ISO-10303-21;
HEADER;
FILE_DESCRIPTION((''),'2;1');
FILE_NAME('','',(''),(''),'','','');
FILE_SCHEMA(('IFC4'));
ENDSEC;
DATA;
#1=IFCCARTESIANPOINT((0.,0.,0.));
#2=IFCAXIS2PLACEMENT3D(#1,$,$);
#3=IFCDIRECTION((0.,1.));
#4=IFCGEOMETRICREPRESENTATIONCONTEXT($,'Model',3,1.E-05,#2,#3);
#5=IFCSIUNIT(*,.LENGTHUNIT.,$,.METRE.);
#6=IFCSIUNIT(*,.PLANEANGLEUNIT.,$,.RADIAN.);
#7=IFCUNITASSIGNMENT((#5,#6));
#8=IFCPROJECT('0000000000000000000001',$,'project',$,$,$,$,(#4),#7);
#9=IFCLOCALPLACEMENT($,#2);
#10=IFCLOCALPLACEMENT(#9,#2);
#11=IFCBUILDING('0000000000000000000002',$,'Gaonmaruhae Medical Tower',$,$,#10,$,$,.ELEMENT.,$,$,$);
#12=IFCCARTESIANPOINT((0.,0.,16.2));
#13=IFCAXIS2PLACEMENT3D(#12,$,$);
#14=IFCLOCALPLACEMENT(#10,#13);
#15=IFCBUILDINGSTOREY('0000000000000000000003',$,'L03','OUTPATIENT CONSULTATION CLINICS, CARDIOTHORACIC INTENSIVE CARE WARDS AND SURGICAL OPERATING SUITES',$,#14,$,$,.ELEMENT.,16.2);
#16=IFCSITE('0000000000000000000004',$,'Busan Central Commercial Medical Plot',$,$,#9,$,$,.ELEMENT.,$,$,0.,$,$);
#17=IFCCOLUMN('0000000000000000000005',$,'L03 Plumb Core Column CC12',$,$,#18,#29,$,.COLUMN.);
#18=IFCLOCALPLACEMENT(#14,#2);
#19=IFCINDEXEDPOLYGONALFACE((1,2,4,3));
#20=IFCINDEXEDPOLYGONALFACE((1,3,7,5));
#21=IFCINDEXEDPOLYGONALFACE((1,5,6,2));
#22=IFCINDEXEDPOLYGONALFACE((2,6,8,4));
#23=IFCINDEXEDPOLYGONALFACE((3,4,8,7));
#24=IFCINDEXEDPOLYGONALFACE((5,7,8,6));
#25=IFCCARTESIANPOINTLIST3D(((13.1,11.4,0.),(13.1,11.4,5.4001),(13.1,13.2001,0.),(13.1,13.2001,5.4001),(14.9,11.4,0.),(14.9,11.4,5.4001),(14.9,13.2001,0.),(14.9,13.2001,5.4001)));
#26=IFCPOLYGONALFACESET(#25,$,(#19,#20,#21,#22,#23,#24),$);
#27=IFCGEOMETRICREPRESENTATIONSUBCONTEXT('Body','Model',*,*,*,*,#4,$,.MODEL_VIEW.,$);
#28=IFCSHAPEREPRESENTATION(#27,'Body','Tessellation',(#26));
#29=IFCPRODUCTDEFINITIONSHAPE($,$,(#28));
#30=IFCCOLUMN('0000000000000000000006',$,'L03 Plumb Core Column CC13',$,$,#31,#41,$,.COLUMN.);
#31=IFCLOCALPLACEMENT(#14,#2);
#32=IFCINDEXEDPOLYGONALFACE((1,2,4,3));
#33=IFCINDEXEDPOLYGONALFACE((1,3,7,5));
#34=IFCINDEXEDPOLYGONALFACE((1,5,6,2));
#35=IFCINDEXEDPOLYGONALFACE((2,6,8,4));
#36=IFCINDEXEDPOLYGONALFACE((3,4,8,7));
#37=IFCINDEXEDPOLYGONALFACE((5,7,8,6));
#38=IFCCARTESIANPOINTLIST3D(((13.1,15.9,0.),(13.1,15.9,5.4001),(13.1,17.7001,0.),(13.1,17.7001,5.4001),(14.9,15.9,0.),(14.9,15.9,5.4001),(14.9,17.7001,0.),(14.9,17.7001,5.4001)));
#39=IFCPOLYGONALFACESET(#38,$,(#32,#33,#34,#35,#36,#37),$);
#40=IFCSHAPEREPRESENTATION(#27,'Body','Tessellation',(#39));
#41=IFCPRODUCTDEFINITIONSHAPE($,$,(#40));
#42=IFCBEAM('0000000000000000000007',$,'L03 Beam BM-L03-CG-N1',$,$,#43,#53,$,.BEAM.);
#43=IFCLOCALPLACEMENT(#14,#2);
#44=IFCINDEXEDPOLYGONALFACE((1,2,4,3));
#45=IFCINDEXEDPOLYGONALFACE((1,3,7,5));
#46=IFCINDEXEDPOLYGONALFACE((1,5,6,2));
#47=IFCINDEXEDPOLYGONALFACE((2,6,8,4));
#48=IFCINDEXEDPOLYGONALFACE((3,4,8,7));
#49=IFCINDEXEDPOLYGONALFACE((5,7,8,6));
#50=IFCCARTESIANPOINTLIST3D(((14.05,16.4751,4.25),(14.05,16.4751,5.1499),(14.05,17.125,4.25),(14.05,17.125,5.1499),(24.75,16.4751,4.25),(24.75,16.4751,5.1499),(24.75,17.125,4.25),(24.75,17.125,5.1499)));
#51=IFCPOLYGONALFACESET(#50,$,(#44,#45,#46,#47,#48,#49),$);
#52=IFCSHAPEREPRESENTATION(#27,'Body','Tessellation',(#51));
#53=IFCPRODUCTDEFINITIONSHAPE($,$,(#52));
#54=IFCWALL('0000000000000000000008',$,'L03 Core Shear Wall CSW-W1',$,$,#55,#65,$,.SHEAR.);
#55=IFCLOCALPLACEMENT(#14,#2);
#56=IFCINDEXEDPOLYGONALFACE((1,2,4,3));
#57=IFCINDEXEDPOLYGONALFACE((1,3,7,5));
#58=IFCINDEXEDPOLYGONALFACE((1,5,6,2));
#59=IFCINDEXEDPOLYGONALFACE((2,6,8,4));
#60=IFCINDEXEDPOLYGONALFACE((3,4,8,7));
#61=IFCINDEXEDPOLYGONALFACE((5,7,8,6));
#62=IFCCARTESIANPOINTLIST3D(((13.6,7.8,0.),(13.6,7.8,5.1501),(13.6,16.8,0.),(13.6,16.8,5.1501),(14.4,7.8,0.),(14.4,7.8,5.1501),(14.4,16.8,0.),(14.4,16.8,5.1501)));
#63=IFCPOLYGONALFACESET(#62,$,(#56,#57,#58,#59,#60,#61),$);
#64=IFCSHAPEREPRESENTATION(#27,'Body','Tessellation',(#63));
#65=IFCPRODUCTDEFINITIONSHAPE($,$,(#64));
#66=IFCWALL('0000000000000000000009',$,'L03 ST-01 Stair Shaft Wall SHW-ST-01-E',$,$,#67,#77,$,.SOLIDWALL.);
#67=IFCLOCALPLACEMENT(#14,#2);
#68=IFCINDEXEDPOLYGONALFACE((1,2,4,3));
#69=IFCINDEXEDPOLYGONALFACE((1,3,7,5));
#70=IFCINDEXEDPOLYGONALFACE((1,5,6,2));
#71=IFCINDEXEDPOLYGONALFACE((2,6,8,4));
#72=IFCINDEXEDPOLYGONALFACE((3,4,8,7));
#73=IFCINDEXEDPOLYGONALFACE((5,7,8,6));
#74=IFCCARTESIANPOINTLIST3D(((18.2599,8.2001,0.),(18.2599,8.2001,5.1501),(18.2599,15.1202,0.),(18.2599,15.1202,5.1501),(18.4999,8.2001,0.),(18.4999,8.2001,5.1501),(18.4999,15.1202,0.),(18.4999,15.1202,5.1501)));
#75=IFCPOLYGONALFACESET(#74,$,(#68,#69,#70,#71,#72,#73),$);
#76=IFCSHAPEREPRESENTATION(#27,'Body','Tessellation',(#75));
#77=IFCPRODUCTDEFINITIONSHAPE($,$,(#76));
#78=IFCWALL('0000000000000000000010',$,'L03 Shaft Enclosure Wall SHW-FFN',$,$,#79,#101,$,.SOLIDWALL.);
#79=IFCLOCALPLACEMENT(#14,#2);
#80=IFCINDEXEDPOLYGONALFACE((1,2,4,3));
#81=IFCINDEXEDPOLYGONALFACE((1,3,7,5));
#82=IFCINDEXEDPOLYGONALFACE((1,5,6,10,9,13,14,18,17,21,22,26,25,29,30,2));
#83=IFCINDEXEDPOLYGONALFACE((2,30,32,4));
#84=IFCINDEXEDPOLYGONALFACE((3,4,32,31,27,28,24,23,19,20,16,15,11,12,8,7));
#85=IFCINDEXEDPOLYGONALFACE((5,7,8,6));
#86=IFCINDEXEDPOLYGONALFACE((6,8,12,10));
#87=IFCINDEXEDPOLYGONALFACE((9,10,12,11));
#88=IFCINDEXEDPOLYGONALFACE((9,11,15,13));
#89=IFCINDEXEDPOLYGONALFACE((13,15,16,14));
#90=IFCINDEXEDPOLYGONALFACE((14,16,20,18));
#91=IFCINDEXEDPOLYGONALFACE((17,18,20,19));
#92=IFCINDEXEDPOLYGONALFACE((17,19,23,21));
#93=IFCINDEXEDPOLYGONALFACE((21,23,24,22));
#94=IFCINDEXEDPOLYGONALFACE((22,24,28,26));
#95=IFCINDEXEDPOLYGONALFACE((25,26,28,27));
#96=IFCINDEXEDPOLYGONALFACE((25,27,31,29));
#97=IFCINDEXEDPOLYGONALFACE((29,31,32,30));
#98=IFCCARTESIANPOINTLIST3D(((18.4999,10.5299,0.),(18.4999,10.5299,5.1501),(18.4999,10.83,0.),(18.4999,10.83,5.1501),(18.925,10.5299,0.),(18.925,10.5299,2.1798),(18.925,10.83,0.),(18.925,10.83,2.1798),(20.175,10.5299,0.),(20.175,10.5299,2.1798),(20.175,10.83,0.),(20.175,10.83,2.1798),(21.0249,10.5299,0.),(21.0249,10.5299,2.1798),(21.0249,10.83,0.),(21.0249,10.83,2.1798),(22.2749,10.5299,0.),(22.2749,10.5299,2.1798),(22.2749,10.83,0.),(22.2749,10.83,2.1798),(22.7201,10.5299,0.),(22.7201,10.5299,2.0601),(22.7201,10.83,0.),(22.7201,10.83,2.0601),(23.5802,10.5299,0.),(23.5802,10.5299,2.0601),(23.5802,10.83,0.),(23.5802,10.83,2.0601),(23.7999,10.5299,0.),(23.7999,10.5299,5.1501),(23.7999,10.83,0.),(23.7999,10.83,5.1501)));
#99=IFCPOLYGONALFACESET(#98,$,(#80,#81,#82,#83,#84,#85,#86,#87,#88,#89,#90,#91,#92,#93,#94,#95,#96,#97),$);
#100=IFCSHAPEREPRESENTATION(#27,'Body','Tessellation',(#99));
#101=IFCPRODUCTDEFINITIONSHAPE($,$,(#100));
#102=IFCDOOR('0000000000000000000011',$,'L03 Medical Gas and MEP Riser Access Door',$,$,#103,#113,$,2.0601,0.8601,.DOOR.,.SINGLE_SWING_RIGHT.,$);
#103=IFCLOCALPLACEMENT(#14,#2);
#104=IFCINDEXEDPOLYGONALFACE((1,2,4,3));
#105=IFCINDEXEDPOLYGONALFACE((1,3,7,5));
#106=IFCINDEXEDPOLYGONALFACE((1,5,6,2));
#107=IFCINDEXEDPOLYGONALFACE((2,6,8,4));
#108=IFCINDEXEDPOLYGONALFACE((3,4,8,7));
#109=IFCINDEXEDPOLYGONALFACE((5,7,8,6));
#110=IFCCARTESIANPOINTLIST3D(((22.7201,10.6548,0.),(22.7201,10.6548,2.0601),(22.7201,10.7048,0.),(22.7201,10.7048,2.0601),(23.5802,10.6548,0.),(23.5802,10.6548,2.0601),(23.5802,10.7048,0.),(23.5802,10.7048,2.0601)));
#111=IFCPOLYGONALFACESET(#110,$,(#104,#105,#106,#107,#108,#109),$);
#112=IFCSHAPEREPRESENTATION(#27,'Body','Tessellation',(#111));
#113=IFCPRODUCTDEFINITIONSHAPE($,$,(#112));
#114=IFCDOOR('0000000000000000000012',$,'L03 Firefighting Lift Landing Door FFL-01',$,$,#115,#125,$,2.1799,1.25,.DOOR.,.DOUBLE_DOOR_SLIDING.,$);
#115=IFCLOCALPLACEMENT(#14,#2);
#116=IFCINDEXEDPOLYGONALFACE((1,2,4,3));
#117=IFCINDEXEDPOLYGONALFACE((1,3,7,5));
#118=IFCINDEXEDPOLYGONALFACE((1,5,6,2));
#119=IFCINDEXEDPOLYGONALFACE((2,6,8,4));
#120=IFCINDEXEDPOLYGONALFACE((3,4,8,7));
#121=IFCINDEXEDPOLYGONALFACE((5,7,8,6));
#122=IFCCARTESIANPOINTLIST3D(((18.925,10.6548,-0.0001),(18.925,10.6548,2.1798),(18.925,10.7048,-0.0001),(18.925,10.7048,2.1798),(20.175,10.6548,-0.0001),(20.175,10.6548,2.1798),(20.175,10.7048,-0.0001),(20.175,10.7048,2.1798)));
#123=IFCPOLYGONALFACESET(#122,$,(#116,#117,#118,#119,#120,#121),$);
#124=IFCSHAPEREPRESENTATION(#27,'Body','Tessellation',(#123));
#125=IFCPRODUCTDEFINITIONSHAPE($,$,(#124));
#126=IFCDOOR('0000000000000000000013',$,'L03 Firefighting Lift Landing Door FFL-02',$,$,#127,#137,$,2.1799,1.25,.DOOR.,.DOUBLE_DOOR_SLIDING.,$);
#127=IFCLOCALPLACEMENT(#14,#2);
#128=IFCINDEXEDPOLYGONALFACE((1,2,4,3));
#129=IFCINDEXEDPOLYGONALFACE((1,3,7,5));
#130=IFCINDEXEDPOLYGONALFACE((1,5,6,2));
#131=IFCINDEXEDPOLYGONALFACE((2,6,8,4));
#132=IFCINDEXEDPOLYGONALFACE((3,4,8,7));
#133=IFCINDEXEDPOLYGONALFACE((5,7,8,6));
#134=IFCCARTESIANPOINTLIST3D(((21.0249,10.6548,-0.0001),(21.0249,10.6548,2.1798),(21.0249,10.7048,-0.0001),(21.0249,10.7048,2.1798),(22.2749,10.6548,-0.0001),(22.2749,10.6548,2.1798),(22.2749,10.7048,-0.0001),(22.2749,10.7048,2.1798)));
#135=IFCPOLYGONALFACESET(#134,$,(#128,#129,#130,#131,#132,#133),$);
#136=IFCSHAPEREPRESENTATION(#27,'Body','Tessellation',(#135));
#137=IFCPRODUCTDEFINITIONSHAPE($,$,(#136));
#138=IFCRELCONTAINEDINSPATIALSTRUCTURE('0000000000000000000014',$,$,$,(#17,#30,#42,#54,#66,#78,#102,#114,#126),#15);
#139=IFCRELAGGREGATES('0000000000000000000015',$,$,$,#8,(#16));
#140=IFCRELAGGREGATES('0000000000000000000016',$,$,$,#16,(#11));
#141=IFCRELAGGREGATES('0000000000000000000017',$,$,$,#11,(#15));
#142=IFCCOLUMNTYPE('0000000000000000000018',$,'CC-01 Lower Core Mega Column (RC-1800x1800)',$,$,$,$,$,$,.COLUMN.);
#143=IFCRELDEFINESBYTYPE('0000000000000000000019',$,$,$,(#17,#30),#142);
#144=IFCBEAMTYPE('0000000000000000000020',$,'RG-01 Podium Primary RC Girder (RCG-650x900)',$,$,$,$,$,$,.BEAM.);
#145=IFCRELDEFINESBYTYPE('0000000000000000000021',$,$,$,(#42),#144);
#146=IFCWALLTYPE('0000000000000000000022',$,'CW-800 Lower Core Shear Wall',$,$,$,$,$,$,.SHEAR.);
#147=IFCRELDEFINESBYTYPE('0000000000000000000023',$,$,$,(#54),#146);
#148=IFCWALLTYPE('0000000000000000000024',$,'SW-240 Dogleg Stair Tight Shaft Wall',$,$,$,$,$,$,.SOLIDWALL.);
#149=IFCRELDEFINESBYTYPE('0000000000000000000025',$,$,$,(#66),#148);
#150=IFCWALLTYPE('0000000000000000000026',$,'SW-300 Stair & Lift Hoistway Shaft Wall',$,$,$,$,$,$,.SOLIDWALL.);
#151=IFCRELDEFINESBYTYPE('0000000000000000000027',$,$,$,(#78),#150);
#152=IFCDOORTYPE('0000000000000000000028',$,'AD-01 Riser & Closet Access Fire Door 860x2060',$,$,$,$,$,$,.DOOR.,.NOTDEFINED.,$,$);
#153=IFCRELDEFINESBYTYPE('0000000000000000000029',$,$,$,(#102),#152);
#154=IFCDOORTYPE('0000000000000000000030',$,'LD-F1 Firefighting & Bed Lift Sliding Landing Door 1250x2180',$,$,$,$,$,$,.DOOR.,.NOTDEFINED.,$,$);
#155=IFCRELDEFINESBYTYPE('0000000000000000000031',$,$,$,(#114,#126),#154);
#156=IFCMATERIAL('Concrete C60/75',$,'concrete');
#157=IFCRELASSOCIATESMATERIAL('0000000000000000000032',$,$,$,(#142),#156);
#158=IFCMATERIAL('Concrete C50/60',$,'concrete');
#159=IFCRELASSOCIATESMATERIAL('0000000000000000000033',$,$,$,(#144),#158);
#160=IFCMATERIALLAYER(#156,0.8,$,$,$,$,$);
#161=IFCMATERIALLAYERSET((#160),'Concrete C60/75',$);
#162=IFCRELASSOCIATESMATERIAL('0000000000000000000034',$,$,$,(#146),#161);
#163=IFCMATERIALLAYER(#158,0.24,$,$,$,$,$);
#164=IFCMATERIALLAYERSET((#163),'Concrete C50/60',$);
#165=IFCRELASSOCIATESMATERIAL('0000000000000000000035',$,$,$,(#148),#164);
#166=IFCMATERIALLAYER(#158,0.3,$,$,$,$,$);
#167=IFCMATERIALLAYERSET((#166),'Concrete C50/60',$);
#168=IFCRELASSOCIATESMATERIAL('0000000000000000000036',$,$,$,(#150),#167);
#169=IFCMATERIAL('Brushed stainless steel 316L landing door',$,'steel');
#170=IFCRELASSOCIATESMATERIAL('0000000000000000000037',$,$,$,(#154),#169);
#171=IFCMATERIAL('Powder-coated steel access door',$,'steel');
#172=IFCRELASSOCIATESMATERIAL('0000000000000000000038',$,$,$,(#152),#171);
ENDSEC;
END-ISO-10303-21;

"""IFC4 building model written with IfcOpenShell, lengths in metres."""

from ifc_helpers import new_model, si_unit, direction, frame, frame_2d, origin, origin_2d, place, context, subcontext, project, spatial, rectangle, extrude, material, layer, layer_set, material_profile, profile_set, type_object, element, fill, save


model = new_model("IFC4")

# Units and contexts
model_context = context("Model", 3, precision=1e-05, world=origin(), true_north=direction((0.0, 1.0)))
body_context = subcontext(model_context, "Body", "Model", "MODEL_VIEW")
ifc_project = project(units=[si_unit("LENGTHUNIT", "METRE"), si_unit("PLANEANGLEUNIT", "RADIAN")], contexts=[model_context])

# Site, building, storey
site_placement = place(None, origin())
site = spatial("IfcSite", under=ifc_project, at=site_placement, Name="Busan Central Commercial Medical Plot", CompositionType="ELEMENT", RefElevation=0.0)
building_placement = place(site_placement, origin())
building = spatial("IfcBuilding", under=site, at=building_placement, Name="Gaonmaruhae Medical Tower", CompositionType="ELEMENT")
storey_placement = place(building_placement, frame((0.0, 0.0, 16.2)))
storey = spatial("IfcBuildingStorey", under=building, at=storey_placement, Name="L03", Description="OUTPATIENT CONSULTATION CLINICS, CARDIOTHORACIC INTENSIVE CARE WARDS AND SURGICAL OPERATING SUITES", CompositionType="ELEMENT", Elevation=16.2)

# Columns
ifc_material_1 = material(Name="Concrete C60/75", Category="concrete")
ifc_material_profile_1 = material_profile(ifc_material_1, rectangle(XDim=1.8, YDim=1.8, at=origin_2d()), Name="RC-1800x1800")
ifc_profile_set_1 = profile_set([ifc_material_profile_1], Name="Concrete C60/75")
column_type = type_object("IfcColumnType", Name="CC-01 Lower Core Mega Column (RC-1800x1800)", PredefinedType="COLUMN", material=ifc_profile_set_1)
for number, where, z_axis, x_axis, name in (
    (1, (14.0, 12.3, 0.0), (0.0, 0.0, 1.0), (1.0, 0.0, 0.0), "L03 Plumb Core Column CC12"),
    (2, (14.0, 16.8, 0.0), (0.0, 0.0, 1.0), (1.0, 0.0, 0.0), "L03 Plumb Core Column CC13"),
):
    element("IfcColumn", number, at=place(storey_placement, frame(where, z_axis=z_axis, x_axis=x_axis)), inside=storey, type_object=column_type, Name=name, PredefinedType="COLUMN", context=body_context, shape_type="SweptSolid", body=[
        extrude(rectangle(XDim=1.8, YDim=1.8, at=origin_2d()), origin(), (0.0, 0.0, 1.0), 5.4001),
    ])

# Beam
ifc_material_2 = material(Name="Concrete C50/60", Category="concrete")
ifc_material_profile_2 = material_profile(ifc_material_2, rectangle(XDim=0.6499, YDim=0.8999, at=origin_2d()), Name="RCG-650x900")
ifc_profile_set_2 = profile_set([ifc_material_profile_2], Name="Concrete C50/60")
beam_type = type_object("IfcBeamType", Name="RG-01 Podium Primary RC Girder (RCG-650x900)", PredefinedType="BEAM", material=ifc_profile_set_2)
beam_placement = place(storey_placement, frame((14.05, 16.8, 4.7), z_axis=(1.0, 0.0, 0.0), x_axis=(0.0, 1.0, 0.0)))
element("IfcBeam", 3, at=beam_placement, inside=storey, type_object=beam_type, Name="L03 Beam BM-L03-CG-N1", PredefinedType="BEAM", context=body_context, shape_type="SweptSolid", body=[
    extrude(rectangle(XDim=0.6499, YDim=0.8999, at=origin_2d()), origin(), (0.0, 0.0, 1.0), 10.7),
])

# Wall
ifc_layer_1 = layer(ifc_material_1, 0.8)
ifc_layer_set_1 = layer_set([ifc_layer_1], Name="Concrete C60/75")
wall_type_1 = type_object("IfcWallType", Name="CW-800 Lower Core Shear Wall", PredefinedType="SHEAR", material=ifc_layer_set_1)
wall_1_placement = place(storey_placement, frame((14.0, 16.8, 0.0), z_axis=(0.0, 0.0, 1.0), x_axis=(0.0, -1.0, 0.0)))
element("IfcWall", 4, at=wall_1_placement, inside=storey, type_object=wall_type_1, Name="L03 Core Shear Wall CSW-W1", PredefinedType="SHEAR", context=body_context, shape_type="SweptSolid", body=[
    extrude(rectangle(XDim=9.0, YDim=0.8, at=frame_2d((4.5, 0.0))), origin(), (0.0, 0.0, 1.0), 5.1501),
])

# Shared definitions
ifc_layer_2 = layer(ifc_material_2, 0.24)
ifc_layer_set_2 = layer_set([ifc_layer_2], Name="Concrete C50/60")
wall_type_2 = type_object("IfcWallType", Name="SW-240 Dogleg Stair Tight Shaft Wall", PredefinedType="SOLIDWALL", material=ifc_layer_set_2)

# Wall
wall_2_placement = place(storey_placement, frame((18.3799, 15.1201, 0.0), z_axis=(0.0, 0.0, 1.0), x_axis=(0.0, -1.0, 0.0)))
element("IfcWall", 5, at=wall_2_placement, inside=storey, type_object=wall_type_2, Name="L03 ST-01 Stair Shaft Wall SHW-ST-01-E", PredefinedType="SOLIDWALL", context=body_context, shape_type="SweptSolid", body=[
    extrude(rectangle(XDim=6.9202, YDim=0.24, at=frame_2d((3.46, 0.0))), origin(), (0.0, 0.0, 1.0), 5.1501),
])

# Wall, openings, doors
ifc_layer_3 = layer(ifc_material_2, 0.3)
ifc_layer_set_3 = layer_set([ifc_layer_3], Name="Concrete C50/60")
wall_type_3 = type_object("IfcWallType", Name="SW-300 Stair & Lift Hoistway Shaft Wall", PredefinedType="SOLIDWALL", material=ifc_layer_set_3)
ifc_material_3 = material(Name="Brushed stainless steel 316L landing door", Category="steel")
door_type_1 = type_object("IfcDoorType", Name="LD-F1 Firefighting & Bed Lift Sliding Landing Door 1250x2180", OperationType="NOTDEFINED", PredefinedType="DOOR", material=ifc_material_3)
wall_3_placement = place(storey_placement, frame((18.5, 10.6799, 0.0), z_axis=(0.0, 0.0, 1.0), x_axis=(1.0, 0.0, 0.0)))
wall_3 = element("IfcWall", 6, at=wall_3_placement, inside=storey, type_object=wall_type_3, Name="L03 Shaft Enclosure Wall SHW-FFN", PredefinedType="SOLIDWALL", context=body_context, shape_type="SweptSolid", body=[
    extrude(rectangle(XDim=5.3, YDim=0.3, at=frame_2d((2.6499, 0.0))), origin(), (0.0, 0.0, 1.0), 5.1501),
])
opening_1_placement = place(wall_3_placement, frame((4.22, 0.0, 0.0)))
opening_1 = element("IfcOpeningElement", 7, at=opening_1_placement, cuts=wall_3, PredefinedType="OPENING", context=body_context, shape_type="SweptSolid", body=[
    extrude(rectangle(XDim=0.8601, YDim=2.0601, at=frame_2d((0.4302, 1.03))), frame((0.0, 0.1602, 0.0), z_axis=(0.0, -1.0, 0.0), x_axis=(1.0, 0.0, 0.0)), (0.0, 0.0, 1.0), 0.3201),
])
opening_2_placement = place(wall_3_placement, frame((0.425, 0.0, 0.0)))
opening_2 = element("IfcOpeningElement", 8, at=opening_2_placement, cuts=wall_3, PredefinedType="OPENING", context=body_context, shape_type="SweptSolid", body=[
    extrude(rectangle(XDim=1.25, YDim=2.1799, at=frame_2d((0.625, 1.0898))), frame((0.0, 0.1602, 0.0), z_axis=(0.0, -1.0, 0.0), x_axis=(1.0, 0.0, 0.0)), (0.0, 0.0, 1.0), 0.3201),
])
opening_3_placement = place(wall_3_placement, frame((2.5249, 0.0, 0.0)))
opening_3 = element("IfcOpeningElement", 9, at=opening_3_placement, cuts=wall_3, PredefinedType="OPENING", context=body_context, shape_type="SweptSolid", body=[
    extrude(rectangle(XDim=1.25, YDim=2.1799, at=frame_2d((0.625, 1.0898))), frame((0.0, 0.1602, 0.0), z_axis=(0.0, -1.0, 0.0), x_axis=(1.0, 0.0, 0.0)), (0.0, 0.0, 1.0), 0.3201),
])
ifc_material_4 = material(Name="Powder-coated steel access door", Category="steel")
door_type_2 = type_object("IfcDoorType", Name="AD-01 Riser & Closet Access Fire Door 860x2060", OperationType="NOTDEFINED", PredefinedType="DOOR", material=ifc_material_4)
door_1_placement = place(opening_1_placement, origin())
door_1 = element("IfcDoor", 10, at=door_1_placement, inside=storey, type_object=door_type_2, Name="L03 Medical Gas and MEP Riser Access Door", OperationType="SINGLE_SWING_RIGHT", OverallHeight=2.0601, OverallWidth=0.8601, PredefinedType="DOOR", context=body_context, shape_type="SweptSolid", body=[
    extrude(rectangle(XDim=0.8601, YDim=2.0601, at=frame_2d((0.4302, 1.03))), frame((0.0, 0.0249, 0.0), z_axis=(0.0, -1.0, 0.0), x_axis=(1.0, 0.0, 0.0)), (0.0, 0.0, 1.0), 0.05),
])
fill(opening_1, door_1)
door_2_placement = place(opening_2_placement, origin())
door_2 = element("IfcDoor", 11, at=door_2_placement, inside=storey, type_object=door_type_1, Name="L03 Firefighting Lift Landing Door FFL-01", OperationType="DOUBLE_DOOR_SLIDING", OverallHeight=2.1799, OverallWidth=1.25, PredefinedType="DOOR", context=body_context, shape_type="SweptSolid", body=[
    extrude(rectangle(XDim=1.25, YDim=2.1799, at=frame_2d((0.625, 1.0898))), frame((0.0, 0.0249, 0.0), z_axis=(0.0, -1.0, 0.0), x_axis=(1.0, 0.0, 0.0)), (0.0, 0.0, 1.0), 0.05),
])
fill(opening_2, door_2)
door_3_placement = place(opening_3_placement, origin())
door_3 = element("IfcDoor", 12, at=door_3_placement, inside=storey, type_object=door_type_1, Name="L03 Firefighting Lift Landing Door FFL-02", OperationType="DOUBLE_DOOR_SLIDING", OverallHeight=2.1799, OverallWidth=1.25, PredefinedType="DOOR", context=body_context, shape_type="SweptSolid", body=[
    extrude(rectangle(XDim=1.25, YDim=2.1799, at=frame_2d((0.625, 1.0898))), frame((0.0, 0.0249, 0.0), z_axis=(0.0, -1.0, 0.0), x_axis=(1.0, 0.0, 0.0)), (0.0, 0.0, 1.0), 0.05),
])
fill(opening_3, door_3)

save(model, "model.ifc")
